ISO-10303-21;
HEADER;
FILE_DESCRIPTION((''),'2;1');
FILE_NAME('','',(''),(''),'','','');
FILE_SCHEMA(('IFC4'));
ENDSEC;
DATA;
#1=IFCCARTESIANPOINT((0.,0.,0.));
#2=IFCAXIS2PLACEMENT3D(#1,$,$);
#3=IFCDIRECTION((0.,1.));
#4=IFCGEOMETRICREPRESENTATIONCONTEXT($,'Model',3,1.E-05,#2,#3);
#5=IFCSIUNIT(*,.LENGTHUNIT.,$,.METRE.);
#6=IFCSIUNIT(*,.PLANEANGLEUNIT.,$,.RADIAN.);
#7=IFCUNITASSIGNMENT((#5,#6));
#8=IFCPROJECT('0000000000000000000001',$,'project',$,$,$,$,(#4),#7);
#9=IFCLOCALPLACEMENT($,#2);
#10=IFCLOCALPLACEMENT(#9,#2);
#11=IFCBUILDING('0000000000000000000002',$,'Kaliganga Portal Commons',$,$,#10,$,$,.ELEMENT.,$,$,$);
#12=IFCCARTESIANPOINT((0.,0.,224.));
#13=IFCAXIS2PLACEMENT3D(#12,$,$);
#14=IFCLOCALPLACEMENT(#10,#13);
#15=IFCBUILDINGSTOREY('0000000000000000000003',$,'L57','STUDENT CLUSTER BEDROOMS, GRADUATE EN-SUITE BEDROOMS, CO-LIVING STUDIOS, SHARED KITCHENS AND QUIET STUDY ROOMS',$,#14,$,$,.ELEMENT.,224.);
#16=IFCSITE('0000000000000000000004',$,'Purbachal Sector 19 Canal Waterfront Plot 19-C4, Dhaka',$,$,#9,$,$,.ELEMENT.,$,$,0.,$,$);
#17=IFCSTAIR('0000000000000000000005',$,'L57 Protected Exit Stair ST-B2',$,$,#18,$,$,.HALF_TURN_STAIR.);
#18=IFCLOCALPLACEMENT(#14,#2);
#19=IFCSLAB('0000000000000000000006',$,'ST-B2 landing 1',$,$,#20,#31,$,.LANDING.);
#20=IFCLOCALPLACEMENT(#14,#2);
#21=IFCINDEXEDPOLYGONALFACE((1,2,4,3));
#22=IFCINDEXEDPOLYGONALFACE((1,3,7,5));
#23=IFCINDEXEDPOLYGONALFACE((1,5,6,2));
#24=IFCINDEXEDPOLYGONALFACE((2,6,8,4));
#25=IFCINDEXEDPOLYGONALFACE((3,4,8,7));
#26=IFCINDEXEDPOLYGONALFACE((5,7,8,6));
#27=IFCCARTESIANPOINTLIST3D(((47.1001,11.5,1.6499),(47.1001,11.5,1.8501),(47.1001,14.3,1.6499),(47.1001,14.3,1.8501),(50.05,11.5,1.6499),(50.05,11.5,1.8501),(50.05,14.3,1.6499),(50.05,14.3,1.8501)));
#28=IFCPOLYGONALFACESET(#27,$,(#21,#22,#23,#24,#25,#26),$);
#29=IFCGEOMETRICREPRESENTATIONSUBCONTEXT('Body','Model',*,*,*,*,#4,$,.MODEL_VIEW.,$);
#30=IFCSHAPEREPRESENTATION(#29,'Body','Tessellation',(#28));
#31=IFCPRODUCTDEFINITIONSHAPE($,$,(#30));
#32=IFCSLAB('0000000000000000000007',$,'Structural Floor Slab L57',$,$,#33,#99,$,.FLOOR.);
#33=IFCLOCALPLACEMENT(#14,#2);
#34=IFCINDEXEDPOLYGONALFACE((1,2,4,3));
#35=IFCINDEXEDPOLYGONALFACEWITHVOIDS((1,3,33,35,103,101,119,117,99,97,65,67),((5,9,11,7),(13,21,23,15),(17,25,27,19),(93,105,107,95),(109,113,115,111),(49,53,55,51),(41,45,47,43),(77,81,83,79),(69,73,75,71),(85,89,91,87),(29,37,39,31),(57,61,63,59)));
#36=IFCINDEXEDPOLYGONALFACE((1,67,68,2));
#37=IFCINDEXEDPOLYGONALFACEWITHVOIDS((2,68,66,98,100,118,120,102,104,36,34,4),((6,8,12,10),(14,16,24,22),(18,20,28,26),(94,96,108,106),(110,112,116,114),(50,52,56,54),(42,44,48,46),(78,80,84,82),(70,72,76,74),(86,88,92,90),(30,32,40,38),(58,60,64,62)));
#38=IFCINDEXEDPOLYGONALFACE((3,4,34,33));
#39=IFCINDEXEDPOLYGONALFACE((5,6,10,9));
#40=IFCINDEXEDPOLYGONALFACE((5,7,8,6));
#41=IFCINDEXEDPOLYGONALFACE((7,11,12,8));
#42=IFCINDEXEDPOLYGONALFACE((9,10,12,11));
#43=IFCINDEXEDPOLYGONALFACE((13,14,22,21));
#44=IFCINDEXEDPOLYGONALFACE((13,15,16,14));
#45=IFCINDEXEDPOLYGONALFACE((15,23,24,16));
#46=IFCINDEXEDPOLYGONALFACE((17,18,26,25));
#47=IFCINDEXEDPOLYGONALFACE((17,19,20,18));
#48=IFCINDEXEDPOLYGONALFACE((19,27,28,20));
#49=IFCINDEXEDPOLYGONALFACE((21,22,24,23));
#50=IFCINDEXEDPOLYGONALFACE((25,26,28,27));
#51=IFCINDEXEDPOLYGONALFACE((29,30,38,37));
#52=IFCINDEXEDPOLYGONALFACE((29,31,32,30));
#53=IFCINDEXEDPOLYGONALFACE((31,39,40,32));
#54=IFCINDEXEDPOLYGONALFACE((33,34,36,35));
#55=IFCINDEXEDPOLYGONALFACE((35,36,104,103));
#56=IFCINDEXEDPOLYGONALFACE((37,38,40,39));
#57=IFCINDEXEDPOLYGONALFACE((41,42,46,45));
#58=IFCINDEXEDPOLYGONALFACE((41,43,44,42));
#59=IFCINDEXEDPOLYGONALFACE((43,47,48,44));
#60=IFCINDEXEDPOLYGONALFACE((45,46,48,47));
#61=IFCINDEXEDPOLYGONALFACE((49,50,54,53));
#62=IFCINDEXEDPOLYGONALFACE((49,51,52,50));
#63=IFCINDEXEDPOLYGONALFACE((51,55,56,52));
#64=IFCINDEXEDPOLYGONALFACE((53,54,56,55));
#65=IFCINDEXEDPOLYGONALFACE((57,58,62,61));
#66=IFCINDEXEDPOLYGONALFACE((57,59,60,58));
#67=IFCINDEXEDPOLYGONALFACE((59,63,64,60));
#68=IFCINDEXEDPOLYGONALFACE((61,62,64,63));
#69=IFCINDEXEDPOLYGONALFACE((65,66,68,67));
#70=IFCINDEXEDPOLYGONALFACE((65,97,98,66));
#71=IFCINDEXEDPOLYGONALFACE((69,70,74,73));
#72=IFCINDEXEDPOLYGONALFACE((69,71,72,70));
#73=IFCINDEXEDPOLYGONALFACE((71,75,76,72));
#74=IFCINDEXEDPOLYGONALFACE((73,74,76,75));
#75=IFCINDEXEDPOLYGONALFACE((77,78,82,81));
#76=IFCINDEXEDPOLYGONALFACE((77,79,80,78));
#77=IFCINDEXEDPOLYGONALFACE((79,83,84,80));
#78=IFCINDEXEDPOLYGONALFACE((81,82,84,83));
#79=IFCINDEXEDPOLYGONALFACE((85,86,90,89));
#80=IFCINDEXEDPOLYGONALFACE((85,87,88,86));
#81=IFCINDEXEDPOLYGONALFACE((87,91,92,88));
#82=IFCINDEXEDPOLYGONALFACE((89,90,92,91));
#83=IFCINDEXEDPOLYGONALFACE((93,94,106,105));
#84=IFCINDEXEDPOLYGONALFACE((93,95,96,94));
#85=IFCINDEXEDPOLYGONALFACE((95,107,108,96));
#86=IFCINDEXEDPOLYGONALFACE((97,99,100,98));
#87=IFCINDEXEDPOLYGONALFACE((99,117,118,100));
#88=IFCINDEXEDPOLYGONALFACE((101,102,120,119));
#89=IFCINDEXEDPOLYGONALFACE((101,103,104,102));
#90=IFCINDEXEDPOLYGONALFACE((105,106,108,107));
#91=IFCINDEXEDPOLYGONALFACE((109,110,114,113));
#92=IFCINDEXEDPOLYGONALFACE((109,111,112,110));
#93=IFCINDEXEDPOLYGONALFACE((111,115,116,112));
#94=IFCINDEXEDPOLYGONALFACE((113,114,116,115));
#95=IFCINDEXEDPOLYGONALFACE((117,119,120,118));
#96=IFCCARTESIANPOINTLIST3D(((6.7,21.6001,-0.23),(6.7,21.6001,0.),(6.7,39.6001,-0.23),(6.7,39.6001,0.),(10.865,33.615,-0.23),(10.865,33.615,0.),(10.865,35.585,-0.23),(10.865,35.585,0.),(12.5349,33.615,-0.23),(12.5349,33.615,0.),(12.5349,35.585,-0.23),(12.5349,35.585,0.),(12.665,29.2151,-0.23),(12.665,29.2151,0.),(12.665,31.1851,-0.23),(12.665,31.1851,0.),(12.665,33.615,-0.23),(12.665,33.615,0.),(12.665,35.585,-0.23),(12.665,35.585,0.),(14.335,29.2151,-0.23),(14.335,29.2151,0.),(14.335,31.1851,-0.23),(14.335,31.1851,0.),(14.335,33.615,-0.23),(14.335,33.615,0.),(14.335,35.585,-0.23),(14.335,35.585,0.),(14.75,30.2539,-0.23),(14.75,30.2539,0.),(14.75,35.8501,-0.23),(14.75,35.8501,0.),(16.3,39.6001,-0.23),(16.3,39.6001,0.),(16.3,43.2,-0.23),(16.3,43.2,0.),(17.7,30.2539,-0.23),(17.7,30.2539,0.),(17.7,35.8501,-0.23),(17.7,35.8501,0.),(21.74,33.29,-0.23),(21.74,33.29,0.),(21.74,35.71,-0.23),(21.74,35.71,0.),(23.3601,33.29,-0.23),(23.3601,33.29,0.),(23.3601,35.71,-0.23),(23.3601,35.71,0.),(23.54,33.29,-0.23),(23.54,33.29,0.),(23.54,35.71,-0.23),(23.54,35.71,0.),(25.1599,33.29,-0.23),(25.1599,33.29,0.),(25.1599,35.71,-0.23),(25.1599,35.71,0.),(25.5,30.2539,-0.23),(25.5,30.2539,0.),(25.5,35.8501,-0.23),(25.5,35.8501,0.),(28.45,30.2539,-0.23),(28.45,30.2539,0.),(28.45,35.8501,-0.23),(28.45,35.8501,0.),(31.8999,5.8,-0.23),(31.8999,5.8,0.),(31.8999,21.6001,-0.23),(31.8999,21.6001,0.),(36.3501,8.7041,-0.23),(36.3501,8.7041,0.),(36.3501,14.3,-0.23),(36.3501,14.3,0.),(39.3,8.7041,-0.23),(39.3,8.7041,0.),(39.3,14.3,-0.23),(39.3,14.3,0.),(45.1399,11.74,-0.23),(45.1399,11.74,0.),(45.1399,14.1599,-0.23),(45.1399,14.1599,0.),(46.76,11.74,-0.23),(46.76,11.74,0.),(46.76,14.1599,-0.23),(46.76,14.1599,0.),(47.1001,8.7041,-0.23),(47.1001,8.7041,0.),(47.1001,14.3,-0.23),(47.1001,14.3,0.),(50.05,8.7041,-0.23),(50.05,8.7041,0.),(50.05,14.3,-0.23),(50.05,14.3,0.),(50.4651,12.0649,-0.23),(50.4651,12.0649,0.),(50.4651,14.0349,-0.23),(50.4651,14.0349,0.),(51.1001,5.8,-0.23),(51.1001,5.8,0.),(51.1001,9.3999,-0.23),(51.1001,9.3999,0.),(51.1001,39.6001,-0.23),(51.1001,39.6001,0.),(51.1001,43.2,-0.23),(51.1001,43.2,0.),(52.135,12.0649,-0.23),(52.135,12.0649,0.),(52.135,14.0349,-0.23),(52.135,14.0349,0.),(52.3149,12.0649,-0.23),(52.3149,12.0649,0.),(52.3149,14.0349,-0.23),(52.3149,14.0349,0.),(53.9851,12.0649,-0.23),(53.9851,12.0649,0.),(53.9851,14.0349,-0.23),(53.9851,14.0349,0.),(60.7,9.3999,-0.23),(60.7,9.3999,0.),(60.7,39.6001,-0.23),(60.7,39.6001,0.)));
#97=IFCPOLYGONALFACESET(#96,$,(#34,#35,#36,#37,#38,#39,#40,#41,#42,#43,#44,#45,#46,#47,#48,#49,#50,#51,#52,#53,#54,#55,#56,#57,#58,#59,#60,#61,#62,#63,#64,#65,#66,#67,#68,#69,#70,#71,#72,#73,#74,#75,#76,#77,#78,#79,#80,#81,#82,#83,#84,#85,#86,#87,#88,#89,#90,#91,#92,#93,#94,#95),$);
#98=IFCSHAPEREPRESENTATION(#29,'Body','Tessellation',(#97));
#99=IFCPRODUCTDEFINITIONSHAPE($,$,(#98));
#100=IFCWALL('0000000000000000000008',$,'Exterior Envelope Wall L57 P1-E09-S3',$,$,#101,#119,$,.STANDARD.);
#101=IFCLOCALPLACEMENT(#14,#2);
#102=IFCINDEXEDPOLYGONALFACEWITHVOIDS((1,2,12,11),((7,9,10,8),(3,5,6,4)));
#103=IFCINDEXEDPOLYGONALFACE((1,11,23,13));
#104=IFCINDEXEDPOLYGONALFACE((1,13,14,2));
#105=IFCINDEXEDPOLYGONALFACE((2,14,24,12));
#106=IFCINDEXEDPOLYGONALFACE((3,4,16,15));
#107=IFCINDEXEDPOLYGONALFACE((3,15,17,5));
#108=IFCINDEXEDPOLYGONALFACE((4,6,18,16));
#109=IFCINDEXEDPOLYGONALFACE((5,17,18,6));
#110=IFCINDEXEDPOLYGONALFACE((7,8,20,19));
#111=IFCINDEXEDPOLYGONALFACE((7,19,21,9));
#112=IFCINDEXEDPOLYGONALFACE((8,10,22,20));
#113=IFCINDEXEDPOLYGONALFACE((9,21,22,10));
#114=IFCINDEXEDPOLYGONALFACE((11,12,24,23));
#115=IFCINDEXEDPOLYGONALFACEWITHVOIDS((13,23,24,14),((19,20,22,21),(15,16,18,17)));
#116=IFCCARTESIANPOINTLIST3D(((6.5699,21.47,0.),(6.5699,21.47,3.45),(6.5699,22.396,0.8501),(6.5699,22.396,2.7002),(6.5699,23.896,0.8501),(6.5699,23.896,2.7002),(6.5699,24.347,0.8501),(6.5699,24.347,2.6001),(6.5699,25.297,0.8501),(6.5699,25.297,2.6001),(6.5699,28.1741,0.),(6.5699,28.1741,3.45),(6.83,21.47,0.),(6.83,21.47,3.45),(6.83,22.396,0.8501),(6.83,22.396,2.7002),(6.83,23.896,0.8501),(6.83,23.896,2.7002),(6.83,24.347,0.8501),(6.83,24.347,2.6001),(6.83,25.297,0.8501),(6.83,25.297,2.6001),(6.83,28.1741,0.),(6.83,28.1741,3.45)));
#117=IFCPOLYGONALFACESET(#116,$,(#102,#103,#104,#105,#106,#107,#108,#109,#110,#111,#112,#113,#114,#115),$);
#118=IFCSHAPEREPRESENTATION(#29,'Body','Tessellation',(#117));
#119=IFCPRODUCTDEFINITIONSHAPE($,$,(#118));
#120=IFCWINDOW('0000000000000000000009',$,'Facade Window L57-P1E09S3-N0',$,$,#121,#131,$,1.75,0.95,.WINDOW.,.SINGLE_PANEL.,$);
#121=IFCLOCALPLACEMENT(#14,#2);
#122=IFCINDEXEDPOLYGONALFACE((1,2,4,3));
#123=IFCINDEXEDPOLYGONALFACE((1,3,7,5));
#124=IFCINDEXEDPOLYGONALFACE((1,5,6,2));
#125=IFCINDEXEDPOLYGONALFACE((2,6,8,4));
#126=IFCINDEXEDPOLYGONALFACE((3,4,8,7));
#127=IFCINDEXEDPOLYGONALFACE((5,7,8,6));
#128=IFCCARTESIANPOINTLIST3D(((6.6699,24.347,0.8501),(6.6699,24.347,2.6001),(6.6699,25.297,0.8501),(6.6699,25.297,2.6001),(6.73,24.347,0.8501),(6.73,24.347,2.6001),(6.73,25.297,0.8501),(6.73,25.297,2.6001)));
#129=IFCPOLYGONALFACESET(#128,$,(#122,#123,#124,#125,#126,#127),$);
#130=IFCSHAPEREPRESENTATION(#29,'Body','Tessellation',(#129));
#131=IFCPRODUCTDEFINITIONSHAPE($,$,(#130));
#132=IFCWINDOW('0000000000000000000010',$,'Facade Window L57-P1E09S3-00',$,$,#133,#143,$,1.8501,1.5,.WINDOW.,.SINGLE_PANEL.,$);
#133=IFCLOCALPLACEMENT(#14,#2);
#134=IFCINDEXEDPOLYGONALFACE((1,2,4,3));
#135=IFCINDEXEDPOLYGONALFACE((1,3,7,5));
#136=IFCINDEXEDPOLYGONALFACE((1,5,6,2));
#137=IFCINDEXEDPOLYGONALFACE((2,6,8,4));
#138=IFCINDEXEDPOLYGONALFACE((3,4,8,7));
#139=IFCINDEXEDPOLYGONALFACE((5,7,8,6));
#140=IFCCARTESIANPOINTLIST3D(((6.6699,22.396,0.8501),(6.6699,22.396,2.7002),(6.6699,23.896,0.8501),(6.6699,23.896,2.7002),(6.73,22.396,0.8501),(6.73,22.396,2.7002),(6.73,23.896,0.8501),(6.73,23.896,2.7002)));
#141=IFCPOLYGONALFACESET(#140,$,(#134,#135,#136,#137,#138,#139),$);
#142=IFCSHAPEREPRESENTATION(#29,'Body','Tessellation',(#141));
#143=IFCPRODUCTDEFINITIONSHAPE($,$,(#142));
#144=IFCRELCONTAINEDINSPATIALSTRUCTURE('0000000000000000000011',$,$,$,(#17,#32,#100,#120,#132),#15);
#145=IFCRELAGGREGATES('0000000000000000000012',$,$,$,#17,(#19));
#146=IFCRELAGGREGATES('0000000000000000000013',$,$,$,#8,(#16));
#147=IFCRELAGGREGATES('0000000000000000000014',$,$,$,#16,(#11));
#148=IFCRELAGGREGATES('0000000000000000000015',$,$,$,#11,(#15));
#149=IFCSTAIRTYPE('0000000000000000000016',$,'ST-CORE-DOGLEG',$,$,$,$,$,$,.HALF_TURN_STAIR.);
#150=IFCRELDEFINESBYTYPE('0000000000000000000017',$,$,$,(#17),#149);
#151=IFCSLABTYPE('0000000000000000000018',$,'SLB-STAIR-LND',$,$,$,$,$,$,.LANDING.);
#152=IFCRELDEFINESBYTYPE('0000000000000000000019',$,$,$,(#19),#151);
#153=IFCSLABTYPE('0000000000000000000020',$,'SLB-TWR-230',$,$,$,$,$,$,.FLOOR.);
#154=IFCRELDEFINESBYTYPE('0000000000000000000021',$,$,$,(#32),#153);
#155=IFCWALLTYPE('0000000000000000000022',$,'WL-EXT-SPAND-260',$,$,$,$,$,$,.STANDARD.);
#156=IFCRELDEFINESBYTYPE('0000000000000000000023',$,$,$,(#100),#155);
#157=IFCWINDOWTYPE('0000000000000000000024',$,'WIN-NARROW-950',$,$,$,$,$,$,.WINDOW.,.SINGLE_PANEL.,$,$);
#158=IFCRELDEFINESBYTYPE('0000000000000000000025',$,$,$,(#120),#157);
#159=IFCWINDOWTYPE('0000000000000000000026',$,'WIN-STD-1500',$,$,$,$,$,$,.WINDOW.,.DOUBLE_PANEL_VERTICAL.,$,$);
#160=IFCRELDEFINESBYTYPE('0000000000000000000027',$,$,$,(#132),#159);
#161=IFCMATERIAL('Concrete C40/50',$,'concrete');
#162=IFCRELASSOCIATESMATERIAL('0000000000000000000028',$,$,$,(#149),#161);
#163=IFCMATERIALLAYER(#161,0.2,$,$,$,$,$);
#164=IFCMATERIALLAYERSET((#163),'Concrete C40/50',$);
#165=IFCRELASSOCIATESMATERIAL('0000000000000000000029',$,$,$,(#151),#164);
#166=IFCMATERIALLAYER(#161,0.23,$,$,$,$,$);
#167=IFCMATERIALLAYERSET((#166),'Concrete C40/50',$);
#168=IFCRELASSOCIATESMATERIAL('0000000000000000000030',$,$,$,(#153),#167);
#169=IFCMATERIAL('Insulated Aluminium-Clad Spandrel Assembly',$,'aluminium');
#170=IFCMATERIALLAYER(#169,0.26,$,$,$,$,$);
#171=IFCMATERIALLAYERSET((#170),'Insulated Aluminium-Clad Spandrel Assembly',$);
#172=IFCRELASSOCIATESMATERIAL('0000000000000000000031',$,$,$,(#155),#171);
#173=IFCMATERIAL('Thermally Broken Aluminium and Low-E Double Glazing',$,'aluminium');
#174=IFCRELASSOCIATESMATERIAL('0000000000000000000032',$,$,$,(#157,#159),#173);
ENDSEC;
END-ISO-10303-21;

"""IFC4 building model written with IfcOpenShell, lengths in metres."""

from ifc_helpers import new_model, si_unit, direction, frame, frame_2d, origin, place, context, subcontext, project, spatial, polyline, rectangle, outline, extrude, material, layer, layer_set, type_object, element, fill, aggregate, save


model = new_model("IFC4")

# Units and contexts
model_context = context("Model", 3, precision=1e-05, world=origin(), true_north=direction((0.0, 1.0)))
body_context = subcontext(model_context, "Body", "Model", "MODEL_VIEW")
ifc_project = project(units=[si_unit("LENGTHUNIT", "METRE"), si_unit("PLANEANGLEUNIT", "RADIAN")], contexts=[model_context])

# Site, building, storey
site_placement = place(None, origin())
site = spatial("IfcSite", under=ifc_project, at=site_placement, Name="Purbachal Sector 19 Canal Waterfront Plot 19-C4, Dhaka", CompositionType="ELEMENT", RefElevation=0.0)
building_placement = place(site_placement, origin())
building = spatial("IfcBuilding", under=site, at=building_placement, Name="Kaliganga Portal Commons", CompositionType="ELEMENT")
storey_placement = place(building_placement, frame((0.0, 0.0, 224.0)))
storey = spatial("IfcBuildingStorey", under=building, at=storey_placement, Name="L57", Description="STUDENT CLUSTER BEDROOMS, GRADUATE EN-SUITE BEDROOMS, CO-LIVING STUDIOS, SHARED KITCHENS AND QUIET STUDY ROOMS", CompositionType="ELEMENT", Elevation=224.0)

# Shared definitions
ifc_material_1 = material(Name="Concrete C40/50", Category="concrete")

# Stair, slab
stair_type = type_object("IfcStairType", Name="ST-CORE-DOGLEG", PredefinedType="HALF_TURN_STAIR", material=ifc_material_1)
ifc_layer_1 = layer(ifc_material_1, 0.2)
ifc_layer_set_1 = layer_set([ifc_layer_1], Name="Concrete C40/50")
slab_type_1 = type_object("IfcSlabType", Name="SLB-STAIR-LND", PredefinedType="LANDING", material=ifc_layer_set_1)
stair_1_placement = place(storey_placement, origin())
stair_1 = element("IfcStair", 1, at=stair_1_placement, inside=storey, type_object=stair_type, Name="L57 Protected Exit Stair ST-B2", PredefinedType="HALF_TURN_STAIR")
slab_1_placement = place(storey_placement, frame((0.0, 0.0, 1.6499)))
slab_1 = element("IfcSlab", 2, at=slab_1_placement, type_object=slab_type_1, Name="ST-B2 landing 1", PredefinedType="LANDING", context=body_context, shape_type="SweptSolid", body=[
    extrude(outline(polyline([(50.05, 11.5), (50.05, 14.3), (47.1001, 14.3), (47.1001, 11.5), (50.05, 11.5)])), origin(), (0.0, 0.0, 1.0), 0.2002),
])
aggregate(stair_1, [slab_1])

# Slab
ifc_layer_2 = layer(ifc_material_1, 0.23)
ifc_layer_set_2 = layer_set([ifc_layer_2], Name="Concrete C40/50")
slab_type_2 = type_object("IfcSlabType", Name="SLB-TWR-230", PredefinedType="FLOOR", material=ifc_layer_set_2)
slab_2_placement = place(storey_placement, frame((0.0, 0.0, -0.23)))
element("IfcSlab", 3, at=slab_2_placement, inside=storey, type_object=slab_type_2, Name="Structural Floor Slab L57", PredefinedType="FLOOR", context=body_context, shape_type="SweptSolid", body=[
    extrude(outline(polyline([(31.8999, 5.8), (51.1001, 5.8), (51.1001, 9.3999), (60.7, 9.3999), (60.7, 39.6001), (51.1001, 39.6001), (51.1001, 43.2), (16.3, 43.2), (16.3, 39.6001), (6.7, 39.6001), (6.7, 21.6001), (31.8999, 21.6001), (31.8999, 5.8)]), holes=[polyline([(14.75, 30.2539), (14.75, 35.8501), (17.7, 35.8501), (17.7, 30.2539), (14.75, 30.2539)]), polyline([(25.5, 30.2539), (25.5, 35.8501), (28.45, 35.8501), (28.45, 30.2539), (25.5, 30.2539)]), polyline([(36.3501, 8.7041), (36.3501, 14.3), (39.3, 14.3), (39.3, 8.7041), (36.3501, 8.7041)]), polyline([(47.1001, 8.7041), (47.1001, 14.3), (50.05, 14.3), (50.05, 8.7041), (47.1001, 8.7041)]), polyline([(12.665, 33.615), (12.665, 35.585), (14.335, 35.585), (14.335, 33.615), (12.665, 33.615)]), polyline([(12.665, 29.2151), (12.665, 31.1851), (14.335, 31.1851), (14.335, 29.2151), (12.665, 29.2151)]), polyline([(10.865, 33.615), (10.865, 35.585), (12.5349, 35.585), (12.5349, 33.615), (10.865, 33.615)]), polyline([(21.74, 33.29), (21.74, 35.71), (23.3601, 35.71), (23.3601, 33.29), (21.74, 33.29)]), polyline([(23.54, 33.29), (23.54, 35.71), (25.1599, 35.71), (25.1599, 33.29), (23.54, 33.29)]), polyline([(50.4651, 12.0649), (50.4651, 14.0349), (52.135, 14.0349), (52.135, 12.0649), (50.4651, 12.0649)]), polyline([(52.3149, 12.0649), (52.3149, 14.0349), (53.9851, 14.0349), (53.9851, 12.0649), (52.3149, 12.0649)]), polyline([(45.1399, 11.74), (45.1399, 14.1599), (46.76, 14.1599), (46.76, 11.74), (45.1399, 11.74)])]), origin(), (0.0, 0.0, 1.0), 0.23),
])

# Wall, openings, windows
ifc_material_2 = material(Name="Insulated Aluminium-Clad Spandrel Assembly", Category="aluminium")
ifc_layer_3 = layer(ifc_material_2, 0.26)
ifc_layer_set_3 = layer_set([ifc_layer_3], Name="Insulated Aluminium-Clad Spandrel Assembly")
wall_type_1 = type_object("IfcWallType", Name="WL-EXT-SPAND-260", PredefinedType="STANDARD", material=ifc_layer_set_3)
wall_1_placement = place(storey_placement, frame((6.7, 21.47, 0.0), z_axis=(0.0, 0.0, 1.0), x_axis=(0.0, 1.0, 0.0)))
wall_1 = element("IfcWall", 4, at=wall_1_placement, inside=storey, type_object=wall_type_1, Name="Exterior Envelope Wall L57 P1-E09-S3", PredefinedType="STANDARD", context=body_context, shape_type="SweptSolid", body=[
    extrude(rectangle(XDim=6.7041, YDim=0.26, at=frame_2d((3.3521, 0.0))), origin(), (0.0, 0.0, 1.0), 3.45),
])
opening_1_placement = place(wall_1_placement, frame((0.926, 0.0, 0.8501)))
opening_1 = element("IfcOpeningElement", 5, at=opening_1_placement, cuts=wall_1, PredefinedType="OPENING", context=body_context, shape_type="SweptSolid", body=[
    extrude(rectangle(XDim=1.5, YDim=1.8501, at=frame_2d((0.75, 0.925))), frame((0.0, 0.1401, 0.0), z_axis=(0.0, -1.0, 0.0), x_axis=(1.0, 0.0, 0.0)), (0.0, 0.0, 1.0), 0.28),
])
opening_2_placement = place(wall_1_placement, frame((2.877, 0.0, 0.8501)))
opening_2 = element("IfcOpeningElement", 6, at=opening_2_placement, cuts=wall_1, PredefinedType="OPENING", context=body_context, shape_type="SweptSolid", body=[
    extrude(rectangle(XDim=0.95, YDim=1.75, at=frame_2d((0.4751, 0.875))), frame((0.0, 0.1401, 0.0), z_axis=(0.0, -1.0, 0.0), x_axis=(1.0, 0.0, 0.0)), (0.0, 0.0, 1.0), 0.28),
])
ifc_material_3 = material(Name="Thermally Broken Aluminium and Low-E Double Glazing", Category="aluminium")
window_type_1 = type_object("IfcWindowType", Name="WIN-NARROW-950", PartitioningType="SINGLE_PANEL", PredefinedType="WINDOW", material=ifc_material_3)
window_1_placement = place(opening_2_placement, origin())
window_1 = element("IfcWindow", 7, at=window_1_placement, inside=storey, type_object=window_type_1, Name="Facade Window L57-P1E09S3-N0", OverallHeight=1.75, OverallWidth=0.95, PartitioningType="SINGLE_PANEL", PredefinedType="WINDOW", context=body_context, shape_type="SweptSolid", body=[
    extrude(rectangle(XDim=0.95, YDim=1.75, at=frame_2d((0.4751, 0.875))), frame((0.0, 0.03, 0.0), z_axis=(0.0, -1.0, 0.0), x_axis=(1.0, 0.0, 0.0)), (0.0, 0.0, 1.0), 0.0601),
])
fill(opening_2, window_1)
window_type_2 = type_object("IfcWindowType", Name="WIN-STD-1500", PartitioningType="DOUBLE_PANEL_VERTICAL", PredefinedType="WINDOW", material=ifc_material_3)
window_2_placement = place(opening_1_placement, origin())
window_2 = element("IfcWindow", 8, at=window_2_placement, inside=storey, type_object=window_type_2, Name="Facade Window L57-P1E09S3-00", OverallHeight=1.8501, OverallWidth=1.5, PartitioningType="SINGLE_PANEL", PredefinedType="WINDOW", context=body_context, shape_type="SweptSolid", body=[
    extrude(rectangle(XDim=1.5, YDim=1.8501, at=frame_2d((0.75, 0.925))), frame((0.0, 0.03, 0.0), z_axis=(0.0, -1.0, 0.0), x_axis=(1.0, 0.0, 0.0)), (0.0, 0.0, 1.0), 0.0601),
])
fill(opening_1, window_2)

save(model, "model.ifc")
